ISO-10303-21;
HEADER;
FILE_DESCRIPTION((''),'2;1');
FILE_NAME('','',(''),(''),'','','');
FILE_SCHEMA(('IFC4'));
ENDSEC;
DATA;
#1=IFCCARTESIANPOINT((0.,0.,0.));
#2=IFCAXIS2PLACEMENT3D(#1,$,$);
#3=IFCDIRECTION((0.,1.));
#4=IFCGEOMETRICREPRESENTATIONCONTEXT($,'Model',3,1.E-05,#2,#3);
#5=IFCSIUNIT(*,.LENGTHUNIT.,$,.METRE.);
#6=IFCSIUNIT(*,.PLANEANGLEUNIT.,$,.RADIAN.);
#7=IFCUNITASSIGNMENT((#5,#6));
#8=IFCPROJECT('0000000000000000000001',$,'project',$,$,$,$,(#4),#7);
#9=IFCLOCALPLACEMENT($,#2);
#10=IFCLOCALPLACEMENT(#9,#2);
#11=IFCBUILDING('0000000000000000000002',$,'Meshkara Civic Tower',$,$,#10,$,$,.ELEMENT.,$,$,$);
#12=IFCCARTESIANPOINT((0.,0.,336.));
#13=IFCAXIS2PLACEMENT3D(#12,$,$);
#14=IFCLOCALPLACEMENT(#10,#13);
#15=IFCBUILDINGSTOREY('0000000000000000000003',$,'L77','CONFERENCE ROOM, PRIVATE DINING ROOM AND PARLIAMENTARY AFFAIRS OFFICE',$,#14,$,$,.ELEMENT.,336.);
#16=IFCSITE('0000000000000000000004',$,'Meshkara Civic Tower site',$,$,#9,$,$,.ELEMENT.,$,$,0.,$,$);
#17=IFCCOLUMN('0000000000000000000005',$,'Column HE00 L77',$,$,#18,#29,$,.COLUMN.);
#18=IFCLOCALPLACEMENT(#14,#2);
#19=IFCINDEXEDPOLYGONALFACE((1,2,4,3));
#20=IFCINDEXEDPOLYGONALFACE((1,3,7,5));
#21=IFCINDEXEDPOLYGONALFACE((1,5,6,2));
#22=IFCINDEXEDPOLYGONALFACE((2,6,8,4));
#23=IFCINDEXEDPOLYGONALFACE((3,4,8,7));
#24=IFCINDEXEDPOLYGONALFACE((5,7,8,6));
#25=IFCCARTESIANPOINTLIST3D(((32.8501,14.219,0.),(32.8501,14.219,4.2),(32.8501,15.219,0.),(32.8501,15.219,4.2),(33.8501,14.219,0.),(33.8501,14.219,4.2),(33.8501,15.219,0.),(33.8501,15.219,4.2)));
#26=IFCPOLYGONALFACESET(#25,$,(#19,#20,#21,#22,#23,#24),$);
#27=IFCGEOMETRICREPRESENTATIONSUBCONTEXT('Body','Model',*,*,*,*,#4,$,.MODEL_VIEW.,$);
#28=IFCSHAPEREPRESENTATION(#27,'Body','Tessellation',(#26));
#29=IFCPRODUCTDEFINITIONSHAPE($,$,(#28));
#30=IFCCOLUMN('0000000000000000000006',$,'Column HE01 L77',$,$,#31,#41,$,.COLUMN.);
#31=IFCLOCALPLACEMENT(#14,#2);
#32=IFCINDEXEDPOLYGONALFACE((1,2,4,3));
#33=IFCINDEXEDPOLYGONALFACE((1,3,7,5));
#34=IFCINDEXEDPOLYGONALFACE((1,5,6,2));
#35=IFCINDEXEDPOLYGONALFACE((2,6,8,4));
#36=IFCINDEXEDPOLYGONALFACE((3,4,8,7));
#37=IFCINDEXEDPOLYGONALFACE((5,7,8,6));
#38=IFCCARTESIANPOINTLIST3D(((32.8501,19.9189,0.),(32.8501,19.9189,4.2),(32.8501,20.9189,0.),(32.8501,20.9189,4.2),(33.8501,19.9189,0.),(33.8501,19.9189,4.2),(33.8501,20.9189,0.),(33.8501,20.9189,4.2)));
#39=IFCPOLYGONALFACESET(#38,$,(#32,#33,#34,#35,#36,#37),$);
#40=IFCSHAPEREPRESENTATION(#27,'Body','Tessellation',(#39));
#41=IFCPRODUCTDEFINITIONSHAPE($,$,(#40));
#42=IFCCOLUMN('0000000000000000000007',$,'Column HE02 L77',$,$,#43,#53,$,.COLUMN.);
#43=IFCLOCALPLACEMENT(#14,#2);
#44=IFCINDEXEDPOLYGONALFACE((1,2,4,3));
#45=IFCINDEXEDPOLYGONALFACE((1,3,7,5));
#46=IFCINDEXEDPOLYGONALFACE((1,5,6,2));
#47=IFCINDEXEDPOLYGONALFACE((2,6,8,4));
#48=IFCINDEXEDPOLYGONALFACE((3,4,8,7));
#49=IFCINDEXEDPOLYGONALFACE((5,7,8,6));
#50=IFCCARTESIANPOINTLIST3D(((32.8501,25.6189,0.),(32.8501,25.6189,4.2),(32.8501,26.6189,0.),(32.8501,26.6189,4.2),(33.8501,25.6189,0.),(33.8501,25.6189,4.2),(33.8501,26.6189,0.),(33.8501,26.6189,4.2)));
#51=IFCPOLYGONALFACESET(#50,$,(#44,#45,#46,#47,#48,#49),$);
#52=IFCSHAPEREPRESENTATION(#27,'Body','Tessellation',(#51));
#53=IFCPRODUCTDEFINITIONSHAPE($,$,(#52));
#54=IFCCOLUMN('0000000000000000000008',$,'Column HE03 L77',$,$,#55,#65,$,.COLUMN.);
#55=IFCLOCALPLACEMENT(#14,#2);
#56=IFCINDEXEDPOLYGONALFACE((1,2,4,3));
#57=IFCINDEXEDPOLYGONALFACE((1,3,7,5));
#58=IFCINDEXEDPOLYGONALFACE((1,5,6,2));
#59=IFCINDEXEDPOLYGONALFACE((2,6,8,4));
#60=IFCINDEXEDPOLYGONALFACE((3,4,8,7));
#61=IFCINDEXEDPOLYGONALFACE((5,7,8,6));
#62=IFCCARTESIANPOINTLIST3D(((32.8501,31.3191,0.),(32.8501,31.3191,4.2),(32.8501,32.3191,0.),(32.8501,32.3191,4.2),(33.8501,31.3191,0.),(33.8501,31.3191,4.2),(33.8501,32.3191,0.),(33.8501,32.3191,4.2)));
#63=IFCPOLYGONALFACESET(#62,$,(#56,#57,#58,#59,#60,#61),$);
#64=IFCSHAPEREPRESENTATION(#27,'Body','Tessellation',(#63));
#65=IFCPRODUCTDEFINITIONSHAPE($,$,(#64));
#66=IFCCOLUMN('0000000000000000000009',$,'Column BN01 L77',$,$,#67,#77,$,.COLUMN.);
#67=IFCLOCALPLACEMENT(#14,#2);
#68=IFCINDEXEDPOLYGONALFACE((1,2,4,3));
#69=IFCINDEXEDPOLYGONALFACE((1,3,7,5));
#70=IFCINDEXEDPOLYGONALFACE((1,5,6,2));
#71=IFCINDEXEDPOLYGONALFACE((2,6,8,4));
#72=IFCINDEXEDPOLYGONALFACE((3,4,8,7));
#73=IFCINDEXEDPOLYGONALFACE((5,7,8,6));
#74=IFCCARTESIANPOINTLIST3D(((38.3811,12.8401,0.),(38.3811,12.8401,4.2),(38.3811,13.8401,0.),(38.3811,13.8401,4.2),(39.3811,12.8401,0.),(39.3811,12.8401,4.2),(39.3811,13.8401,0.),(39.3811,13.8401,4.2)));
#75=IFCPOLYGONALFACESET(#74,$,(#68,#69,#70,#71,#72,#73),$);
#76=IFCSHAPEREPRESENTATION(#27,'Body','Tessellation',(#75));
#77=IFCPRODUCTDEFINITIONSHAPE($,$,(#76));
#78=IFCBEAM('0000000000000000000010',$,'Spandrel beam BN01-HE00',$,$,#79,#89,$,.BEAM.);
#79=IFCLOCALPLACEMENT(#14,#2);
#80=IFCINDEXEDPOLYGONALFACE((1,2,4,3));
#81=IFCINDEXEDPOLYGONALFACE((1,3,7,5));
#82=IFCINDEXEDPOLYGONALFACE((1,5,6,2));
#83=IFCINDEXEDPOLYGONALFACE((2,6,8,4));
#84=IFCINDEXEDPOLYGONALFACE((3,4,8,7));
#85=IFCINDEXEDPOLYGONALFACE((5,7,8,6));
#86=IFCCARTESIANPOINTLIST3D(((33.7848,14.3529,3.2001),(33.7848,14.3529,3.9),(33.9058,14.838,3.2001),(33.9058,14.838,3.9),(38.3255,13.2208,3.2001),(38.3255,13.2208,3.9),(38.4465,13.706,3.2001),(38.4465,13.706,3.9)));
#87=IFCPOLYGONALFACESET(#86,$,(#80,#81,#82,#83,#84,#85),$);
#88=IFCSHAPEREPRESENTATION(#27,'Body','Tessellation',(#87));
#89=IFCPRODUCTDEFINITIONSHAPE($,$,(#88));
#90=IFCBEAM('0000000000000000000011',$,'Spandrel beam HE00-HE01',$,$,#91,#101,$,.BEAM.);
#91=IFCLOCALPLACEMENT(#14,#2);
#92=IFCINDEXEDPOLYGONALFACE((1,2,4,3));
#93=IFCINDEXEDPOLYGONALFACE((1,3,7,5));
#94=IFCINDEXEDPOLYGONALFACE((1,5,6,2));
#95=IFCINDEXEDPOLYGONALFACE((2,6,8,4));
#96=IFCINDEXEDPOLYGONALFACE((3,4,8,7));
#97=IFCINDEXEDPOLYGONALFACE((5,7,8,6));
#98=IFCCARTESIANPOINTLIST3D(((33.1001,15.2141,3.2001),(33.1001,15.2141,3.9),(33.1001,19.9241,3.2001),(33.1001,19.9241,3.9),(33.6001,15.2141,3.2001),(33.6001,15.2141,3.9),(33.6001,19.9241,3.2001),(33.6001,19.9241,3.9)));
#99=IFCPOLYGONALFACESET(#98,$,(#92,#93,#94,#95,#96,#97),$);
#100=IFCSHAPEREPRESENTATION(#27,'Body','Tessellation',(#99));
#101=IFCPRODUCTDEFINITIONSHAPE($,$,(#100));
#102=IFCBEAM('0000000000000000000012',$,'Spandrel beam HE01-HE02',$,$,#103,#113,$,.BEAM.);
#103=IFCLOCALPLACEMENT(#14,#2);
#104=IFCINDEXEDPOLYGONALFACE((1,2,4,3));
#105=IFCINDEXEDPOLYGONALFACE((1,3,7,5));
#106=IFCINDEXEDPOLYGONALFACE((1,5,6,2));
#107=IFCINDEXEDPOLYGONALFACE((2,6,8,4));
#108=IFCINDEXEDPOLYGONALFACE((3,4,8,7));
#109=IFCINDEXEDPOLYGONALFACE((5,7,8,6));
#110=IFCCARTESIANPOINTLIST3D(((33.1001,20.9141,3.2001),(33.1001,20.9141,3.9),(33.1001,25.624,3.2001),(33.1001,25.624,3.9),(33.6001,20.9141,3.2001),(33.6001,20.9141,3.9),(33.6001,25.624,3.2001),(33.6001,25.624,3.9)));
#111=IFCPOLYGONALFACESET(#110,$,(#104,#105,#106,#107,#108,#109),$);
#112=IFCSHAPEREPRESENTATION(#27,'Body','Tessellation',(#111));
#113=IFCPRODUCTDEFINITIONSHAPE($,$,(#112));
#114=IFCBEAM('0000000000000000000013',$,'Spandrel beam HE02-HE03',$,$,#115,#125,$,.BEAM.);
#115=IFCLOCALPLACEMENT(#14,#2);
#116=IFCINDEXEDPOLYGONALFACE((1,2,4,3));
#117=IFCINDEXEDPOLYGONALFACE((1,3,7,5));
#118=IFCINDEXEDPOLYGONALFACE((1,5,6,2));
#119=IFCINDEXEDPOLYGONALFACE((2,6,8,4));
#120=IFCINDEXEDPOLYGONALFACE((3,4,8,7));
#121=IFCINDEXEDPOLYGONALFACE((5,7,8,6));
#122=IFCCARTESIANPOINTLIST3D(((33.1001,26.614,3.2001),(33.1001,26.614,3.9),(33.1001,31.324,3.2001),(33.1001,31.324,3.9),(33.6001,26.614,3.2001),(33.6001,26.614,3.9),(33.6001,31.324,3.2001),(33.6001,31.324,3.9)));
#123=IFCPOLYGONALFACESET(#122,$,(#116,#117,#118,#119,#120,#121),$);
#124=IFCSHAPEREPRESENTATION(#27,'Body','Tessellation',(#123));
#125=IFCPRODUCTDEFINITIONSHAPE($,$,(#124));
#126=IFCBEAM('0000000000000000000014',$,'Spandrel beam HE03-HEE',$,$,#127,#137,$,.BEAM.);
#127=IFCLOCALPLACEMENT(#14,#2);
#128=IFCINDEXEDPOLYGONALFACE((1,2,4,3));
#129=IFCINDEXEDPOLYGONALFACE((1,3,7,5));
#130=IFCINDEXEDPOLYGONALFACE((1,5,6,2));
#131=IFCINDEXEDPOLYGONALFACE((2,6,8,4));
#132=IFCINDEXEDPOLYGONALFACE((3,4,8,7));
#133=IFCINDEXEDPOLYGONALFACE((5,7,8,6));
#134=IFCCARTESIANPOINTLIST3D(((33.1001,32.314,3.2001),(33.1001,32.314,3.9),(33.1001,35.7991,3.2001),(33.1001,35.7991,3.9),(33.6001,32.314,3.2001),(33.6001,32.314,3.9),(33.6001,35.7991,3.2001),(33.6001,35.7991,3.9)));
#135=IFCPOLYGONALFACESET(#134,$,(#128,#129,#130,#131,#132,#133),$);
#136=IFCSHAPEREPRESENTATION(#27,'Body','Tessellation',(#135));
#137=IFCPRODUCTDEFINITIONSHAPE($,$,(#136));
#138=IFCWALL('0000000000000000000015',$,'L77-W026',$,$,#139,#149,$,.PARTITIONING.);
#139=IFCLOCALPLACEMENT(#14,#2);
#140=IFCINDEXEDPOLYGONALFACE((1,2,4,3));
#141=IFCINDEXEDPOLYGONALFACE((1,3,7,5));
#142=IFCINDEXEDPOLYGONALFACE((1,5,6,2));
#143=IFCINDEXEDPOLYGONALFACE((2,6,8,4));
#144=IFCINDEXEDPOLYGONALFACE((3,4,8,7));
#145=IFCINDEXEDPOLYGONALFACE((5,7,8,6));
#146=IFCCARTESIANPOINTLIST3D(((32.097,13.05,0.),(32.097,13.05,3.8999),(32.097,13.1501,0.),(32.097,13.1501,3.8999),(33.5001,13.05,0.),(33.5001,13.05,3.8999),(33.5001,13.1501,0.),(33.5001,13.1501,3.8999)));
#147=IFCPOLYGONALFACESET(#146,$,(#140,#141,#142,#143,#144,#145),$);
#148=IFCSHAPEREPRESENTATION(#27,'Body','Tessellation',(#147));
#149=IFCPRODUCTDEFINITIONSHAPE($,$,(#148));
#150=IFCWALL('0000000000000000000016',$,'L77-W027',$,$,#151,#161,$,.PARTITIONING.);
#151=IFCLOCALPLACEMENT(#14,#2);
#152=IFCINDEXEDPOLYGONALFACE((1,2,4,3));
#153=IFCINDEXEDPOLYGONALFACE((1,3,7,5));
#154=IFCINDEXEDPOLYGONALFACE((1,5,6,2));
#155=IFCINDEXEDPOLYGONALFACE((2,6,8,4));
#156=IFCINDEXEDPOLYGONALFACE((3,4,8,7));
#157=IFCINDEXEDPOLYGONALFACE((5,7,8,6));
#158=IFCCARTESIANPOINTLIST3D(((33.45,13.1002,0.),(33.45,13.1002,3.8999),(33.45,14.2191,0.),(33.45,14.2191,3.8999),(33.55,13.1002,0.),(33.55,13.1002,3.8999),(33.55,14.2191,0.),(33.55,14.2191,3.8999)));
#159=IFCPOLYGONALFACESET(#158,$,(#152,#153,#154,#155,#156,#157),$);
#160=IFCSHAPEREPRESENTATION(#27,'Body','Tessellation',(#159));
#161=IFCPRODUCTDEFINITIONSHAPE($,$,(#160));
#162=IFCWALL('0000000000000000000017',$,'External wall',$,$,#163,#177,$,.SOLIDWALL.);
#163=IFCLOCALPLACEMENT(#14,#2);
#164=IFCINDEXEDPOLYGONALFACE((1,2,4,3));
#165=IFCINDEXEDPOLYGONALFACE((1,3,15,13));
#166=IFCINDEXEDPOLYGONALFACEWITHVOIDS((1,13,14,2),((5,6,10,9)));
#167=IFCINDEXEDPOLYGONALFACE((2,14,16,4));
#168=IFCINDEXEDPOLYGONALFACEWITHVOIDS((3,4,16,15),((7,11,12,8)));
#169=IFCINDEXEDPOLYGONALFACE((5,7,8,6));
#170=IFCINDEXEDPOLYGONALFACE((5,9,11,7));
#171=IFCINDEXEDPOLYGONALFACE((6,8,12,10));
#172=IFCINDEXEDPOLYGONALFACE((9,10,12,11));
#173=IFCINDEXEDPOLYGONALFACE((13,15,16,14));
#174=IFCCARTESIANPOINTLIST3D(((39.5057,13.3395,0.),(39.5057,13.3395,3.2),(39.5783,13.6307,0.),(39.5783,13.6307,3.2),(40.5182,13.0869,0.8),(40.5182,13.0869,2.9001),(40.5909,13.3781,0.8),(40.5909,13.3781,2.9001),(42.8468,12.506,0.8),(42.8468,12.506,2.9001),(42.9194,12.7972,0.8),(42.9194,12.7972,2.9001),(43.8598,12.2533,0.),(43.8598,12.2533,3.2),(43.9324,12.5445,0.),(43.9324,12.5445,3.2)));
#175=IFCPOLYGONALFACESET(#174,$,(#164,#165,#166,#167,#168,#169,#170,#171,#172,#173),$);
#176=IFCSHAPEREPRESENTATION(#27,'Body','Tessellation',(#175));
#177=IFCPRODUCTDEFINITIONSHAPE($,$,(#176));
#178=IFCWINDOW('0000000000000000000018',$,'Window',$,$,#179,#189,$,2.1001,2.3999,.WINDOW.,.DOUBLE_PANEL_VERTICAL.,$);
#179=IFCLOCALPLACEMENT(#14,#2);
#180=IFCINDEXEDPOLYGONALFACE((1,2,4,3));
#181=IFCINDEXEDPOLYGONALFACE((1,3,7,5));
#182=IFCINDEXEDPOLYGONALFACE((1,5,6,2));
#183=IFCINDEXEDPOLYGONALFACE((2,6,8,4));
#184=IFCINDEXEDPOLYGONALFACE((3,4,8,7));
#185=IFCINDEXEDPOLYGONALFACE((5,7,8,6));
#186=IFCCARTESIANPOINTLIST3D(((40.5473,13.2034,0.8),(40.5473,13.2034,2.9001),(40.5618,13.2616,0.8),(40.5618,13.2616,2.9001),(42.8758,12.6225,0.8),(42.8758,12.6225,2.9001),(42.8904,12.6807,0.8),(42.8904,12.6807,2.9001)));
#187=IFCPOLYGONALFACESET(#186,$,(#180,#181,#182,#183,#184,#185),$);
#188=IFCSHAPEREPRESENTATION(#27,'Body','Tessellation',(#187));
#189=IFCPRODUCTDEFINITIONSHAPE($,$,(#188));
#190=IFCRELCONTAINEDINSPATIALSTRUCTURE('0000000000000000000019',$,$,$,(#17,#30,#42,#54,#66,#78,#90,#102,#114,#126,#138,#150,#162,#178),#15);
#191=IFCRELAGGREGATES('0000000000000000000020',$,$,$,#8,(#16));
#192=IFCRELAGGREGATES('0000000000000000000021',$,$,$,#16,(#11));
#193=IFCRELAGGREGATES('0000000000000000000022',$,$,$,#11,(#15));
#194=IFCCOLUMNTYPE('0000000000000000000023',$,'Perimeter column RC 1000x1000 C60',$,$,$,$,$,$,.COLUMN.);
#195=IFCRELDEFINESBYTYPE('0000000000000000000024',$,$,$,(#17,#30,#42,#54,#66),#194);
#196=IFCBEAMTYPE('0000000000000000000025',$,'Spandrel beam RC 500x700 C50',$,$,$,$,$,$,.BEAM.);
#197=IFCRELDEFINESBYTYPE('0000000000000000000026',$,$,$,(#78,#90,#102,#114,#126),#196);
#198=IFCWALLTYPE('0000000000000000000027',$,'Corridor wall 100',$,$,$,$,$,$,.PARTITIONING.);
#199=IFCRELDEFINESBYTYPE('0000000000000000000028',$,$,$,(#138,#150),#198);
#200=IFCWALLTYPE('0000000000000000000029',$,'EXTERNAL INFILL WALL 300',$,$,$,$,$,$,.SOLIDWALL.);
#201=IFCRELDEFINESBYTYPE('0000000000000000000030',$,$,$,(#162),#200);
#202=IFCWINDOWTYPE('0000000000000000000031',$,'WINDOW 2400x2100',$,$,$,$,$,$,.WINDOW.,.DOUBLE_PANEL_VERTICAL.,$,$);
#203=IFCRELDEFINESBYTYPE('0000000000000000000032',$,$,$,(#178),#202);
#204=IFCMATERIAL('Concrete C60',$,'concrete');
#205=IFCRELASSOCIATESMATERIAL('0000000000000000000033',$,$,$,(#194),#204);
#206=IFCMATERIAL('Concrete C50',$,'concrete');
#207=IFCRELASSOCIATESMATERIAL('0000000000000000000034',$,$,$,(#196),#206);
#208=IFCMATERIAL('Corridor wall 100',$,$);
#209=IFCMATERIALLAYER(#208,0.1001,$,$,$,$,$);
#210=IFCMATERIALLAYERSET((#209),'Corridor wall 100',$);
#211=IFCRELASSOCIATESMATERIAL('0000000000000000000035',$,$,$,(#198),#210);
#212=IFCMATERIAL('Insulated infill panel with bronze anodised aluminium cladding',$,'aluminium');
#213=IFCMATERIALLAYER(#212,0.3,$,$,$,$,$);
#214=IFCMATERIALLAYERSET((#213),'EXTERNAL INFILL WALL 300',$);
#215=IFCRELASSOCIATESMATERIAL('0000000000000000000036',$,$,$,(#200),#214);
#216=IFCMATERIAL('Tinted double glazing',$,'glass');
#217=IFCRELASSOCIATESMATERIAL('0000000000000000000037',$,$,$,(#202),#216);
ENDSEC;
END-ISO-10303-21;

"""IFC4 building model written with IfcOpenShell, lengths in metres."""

from ifc_helpers import new_model, si_unit, direction, frame, frame_2d, origin, origin_2d, place, context, subcontext, project, spatial, rectangle, extrude, material, layer, layer_set, material_profile, profile_set, type_object, element, fill, save


model = new_model("IFC4")

# Units and contexts
model_context = context("Model", 3, precision=1e-05, world=origin(), true_north=direction((0.0, 1.0)))
body_context = subcontext(model_context, "Body", "Model", "MODEL_VIEW")
ifc_project = project(units=[si_unit("LENGTHUNIT", "METRE"), si_unit("PLANEANGLEUNIT", "RADIAN")], contexts=[model_context])

# Site, building, storey
site_placement = place(None, origin())
site = spatial("IfcSite", under=ifc_project, at=site_placement, Name="Meshkara Civic Tower site", CompositionType="ELEMENT", RefElevation=0.0)
building_placement = place(site_placement, origin())
building = spatial("IfcBuilding", under=site, at=building_placement, Name="Meshkara Civic Tower", CompositionType="ELEMENT")
storey_placement = place(building_placement, frame((0.0, 0.0, 336.0)))
storey = spatial("IfcBuildingStorey", under=building, at=storey_placement, Name="L77", Description="CONFERENCE ROOM, PRIVATE DINING ROOM AND PARLIAMENTARY AFFAIRS OFFICE", CompositionType="ELEMENT", Elevation=336.0)

# Columns
ifc_material_1 = material(Name="Concrete C60", Category="concrete")
ifc_material_profile_1 = material_profile(ifc_material_1, rectangle(XDim=1.0, YDim=1.0, at=origin_2d()))
ifc_profile_set_1 = profile_set([ifc_material_profile_1], Name="Concrete C60")
column_type = type_object("IfcColumnType", Name="Perimeter column RC 1000x1000 C60", PredefinedType="COLUMN", material=ifc_profile_set_1)
for number, where, z_axis, x_axis, name in (
    (1, (33.3501, 14.719, 0.0), (0.0, 0.0, 1.0), (1.0, 0.0, 0.0), "Column HE00 L77"),
    (2, (33.3501, 20.4189, 0.0), (0.0, 0.0, 1.0), (1.0, 0.0, 0.0), "Column HE01 L77"),
    (3, (33.3501, 26.1189, 0.0), (0.0, 0.0, 1.0), (1.0, 0.0, 0.0), "Column HE02 L77"),
    (4, (33.3501, 31.8191, 0.0), (0.0, 0.0, 1.0), (1.0, 0.0, 0.0), "Column HE03 L77"),
    (5, (38.8811, 13.3401, 0.0), (0.0, 0.0, 1.0), (1.0, 0.0, 0.0), "Column BN01 L77"),
):
    element("IfcColumn", number, at=place(storey_placement, frame(where, z_axis=z_axis, x_axis=x_axis)), inside=storey, type_object=column_type, Name=name, PredefinedType="COLUMN", context=body_context, shape_type="SweptSolid", body=[
        extrude(rectangle(XDim=1.0, YDim=1.0, at=origin_2d()), origin(), (0.0, 0.0, 1.0), 4.2),
    ])

# Beams
ifc_material_2 = material(Name="Concrete C50", Category="concrete")
ifc_material_profile_2 = material_profile(ifc_material_2, rectangle(XDim=0.5, YDim=0.7, at=origin_2d()))
ifc_profile_set_2 = profile_set([ifc_material_profile_2], Name="Concrete C50")
beam_type = type_object("IfcBeamType", Name="Spandrel beam RC 500x700 C50", PredefinedType="BEAM", material=ifc_profile_set_2)
beam_1_placement = place(storey_placement, frame((38.386, 13.4634, 3.55), z_axis=(-0.970299, 0.24191, 0.0), x_axis=(-0.24191, -0.970299, 0.0)))
element("IfcBeam", 6, at=beam_1_placement, inside=storey, type_object=beam_type, Name="Spandrel beam BN01-HE00", PredefinedType="BEAM", context=body_context, shape_type="SweptSolid", body=[
    extrude(rectangle(XDim=0.5, YDim=0.7, at=origin_2d()), origin(), (0.0, 0.0, 1.0), 4.6797),
])
for number, where, z_axis, x_axis, name in (
    (7, (33.3501, 15.2141, 3.55), (0.0, 1.0, 0.0), (-1.0, 0.0, 0.0), "Spandrel beam HE00-HE01"),
    (8, (33.3501, 20.9141, 3.55), (0.0, 1.0, 0.0), (-1.0, 0.0, 0.0), "Spandrel beam HE01-HE02"),
    (9, (33.3501, 26.614, 3.55), (0.0, 1.0, 0.0), (-1.0, 0.0, 0.0), "Spandrel beam HE02-HE03"),
):
    element("IfcBeam", number, at=place(storey_placement, frame(where, z_axis=z_axis, x_axis=x_axis)), inside=storey, type_object=beam_type, Name=name, PredefinedType="BEAM", context=body_context, shape_type="SweptSolid", body=[
        extrude(rectangle(XDim=0.5, YDim=0.7, at=origin_2d()), origin(), (0.0, 0.0, 1.0), 4.71),
    ])
beam_2_placement = place(storey_placement, frame((33.3501, 32.314, 3.55), z_axis=(0.0, 1.0, 0.0), x_axis=(-1.0, 0.0, 0.0)))
element("IfcBeam", 10, at=beam_2_placement, inside=storey, type_object=beam_type, Name="Spandrel beam HE03-HEE", PredefinedType="BEAM", context=body_context, shape_type="SweptSolid", body=[
    extrude(rectangle(XDim=0.5, YDim=0.7, at=origin_2d()), origin(), (0.0, 0.0, 1.0), 3.4851),
])

# Walls
ifc_material_3 = material(Name="Corridor wall 100")
ifc_layer_1 = layer(ifc_material_3, 0.1001)
ifc_layer_set_1 = layer_set([ifc_layer_1], Name="Corridor wall 100")
wall_type_1 = type_object("IfcWallType", Name="Corridor wall 100", PredefinedType="PARTITIONING", material=ifc_layer_set_1)
wall_1_placement = place(storey_placement, frame((32.0969, 13.1001, 0.0), z_axis=(0.0, 0.0, 1.0), x_axis=(1.0, 0.0, 0.0)))
element("IfcWall", 11, at=wall_1_placement, inside=storey, type_object=wall_type_1, Name="L77-W026", PredefinedType="PARTITIONING", context=body_context, shape_type="SweptSolid", body=[
    extrude(rectangle(XDim=1.4031, YDim=0.1001, at=frame_2d((0.7017, 0.0))), origin(), (0.0, 0.0, 1.0), 3.8999),
])
wall_2_placement = place(storey_placement, frame((33.5, 13.1001, 0.0), z_axis=(0.0, 0.0, 1.0), x_axis=(0.0, 1.0, 0.0)))
element("IfcWall", 12, at=wall_2_placement, inside=storey, type_object=wall_type_1, Name="L77-W027", PredefinedType="PARTITIONING", context=body_context, shape_type="SweptSolid", body=[
    extrude(rectangle(XDim=1.1189, YDim=0.1001, at=frame_2d((0.5596, 0.0))), origin(), (0.0, 0.0, 1.0), 3.8999),
])

# Wall, opening, window
ifc_material_4 = material(Name="Insulated infill panel with bronze anodised aluminium cladding", Category="aluminium")
ifc_layer_2 = layer(ifc_material_4, 0.3)
ifc_layer_set_2 = layer_set([ifc_layer_2], Name="EXTERNAL INFILL WALL 300")
wall_type_2 = type_object("IfcWallType", Name="EXTERNAL INFILL WALL 300", PredefinedType="SOLIDWALL", material=ifc_layer_set_2)
wall_3_placement = place(storey_placement, frame((43.896, 12.3989, 0.0), z_axis=(0.0, 0.0, 1.0), x_axis=(-0.970264, 0.242049, 0.0)))
wall_3 = element("IfcWall", 13, at=wall_3_placement, inside=storey, type_object=wall_type_2, Name="External wall", PredefinedType="SOLIDWALL", context=body_context, shape_type="SweptSolid", body=[
    extrude(rectangle(XDim=4.4875, YDim=0.3, at=frame_2d((2.2437, 0.0))), origin(), (0.0, 0.0, 1.0), 3.2),
])
opening_1_placement = place(wall_3_placement, frame((1.0439, 0.0, 0.8)))
opening_1 = element("IfcOpeningElement", 14, at=opening_1_placement, cuts=wall_3, PredefinedType="OPENING", context=body_context, shape_type="SweptSolid", body=[
    extrude(rectangle(XDim=2.3999, YDim=2.1001, at=frame_2d((1.2, 1.05))), frame((0.0, 0.1599, 0.0), z_axis=(0.0, -1.0, 0.0), x_axis=(1.0, 0.0, 0.0)), (0.0, 0.0, 1.0), 0.3201),
])
ifc_material_5 = material(Name="Tinted double glazing", Category="glass")
window_type = type_object("IfcWindowType", Name="WINDOW 2400x2100", PartitioningType="DOUBLE_PANEL_VERTICAL", PredefinedType="WINDOW", material=ifc_material_5)
window_1_placement = place(opening_1_placement, origin())
window_1 = element("IfcWindow", 15, at=window_1_placement, inside=storey, type_object=window_type, Name="Window", OverallHeight=2.1001, OverallWidth=2.3999, PartitioningType="DOUBLE_PANEL_VERTICAL", PredefinedType="WINDOW", context=body_context, shape_type="SweptSolid", body=[
    extrude(rectangle(XDim=2.3999, YDim=2.1001, at=frame_2d((1.2, 1.05))), frame((0.0, 0.03, 0.0), z_axis=(0.0, -1.0, 0.0), x_axis=(1.0, 0.0, 0.0)), (0.0, 0.0, 1.0), 0.0601),
])
fill(opening_1, window_1)

save(model, "model.ifc")
